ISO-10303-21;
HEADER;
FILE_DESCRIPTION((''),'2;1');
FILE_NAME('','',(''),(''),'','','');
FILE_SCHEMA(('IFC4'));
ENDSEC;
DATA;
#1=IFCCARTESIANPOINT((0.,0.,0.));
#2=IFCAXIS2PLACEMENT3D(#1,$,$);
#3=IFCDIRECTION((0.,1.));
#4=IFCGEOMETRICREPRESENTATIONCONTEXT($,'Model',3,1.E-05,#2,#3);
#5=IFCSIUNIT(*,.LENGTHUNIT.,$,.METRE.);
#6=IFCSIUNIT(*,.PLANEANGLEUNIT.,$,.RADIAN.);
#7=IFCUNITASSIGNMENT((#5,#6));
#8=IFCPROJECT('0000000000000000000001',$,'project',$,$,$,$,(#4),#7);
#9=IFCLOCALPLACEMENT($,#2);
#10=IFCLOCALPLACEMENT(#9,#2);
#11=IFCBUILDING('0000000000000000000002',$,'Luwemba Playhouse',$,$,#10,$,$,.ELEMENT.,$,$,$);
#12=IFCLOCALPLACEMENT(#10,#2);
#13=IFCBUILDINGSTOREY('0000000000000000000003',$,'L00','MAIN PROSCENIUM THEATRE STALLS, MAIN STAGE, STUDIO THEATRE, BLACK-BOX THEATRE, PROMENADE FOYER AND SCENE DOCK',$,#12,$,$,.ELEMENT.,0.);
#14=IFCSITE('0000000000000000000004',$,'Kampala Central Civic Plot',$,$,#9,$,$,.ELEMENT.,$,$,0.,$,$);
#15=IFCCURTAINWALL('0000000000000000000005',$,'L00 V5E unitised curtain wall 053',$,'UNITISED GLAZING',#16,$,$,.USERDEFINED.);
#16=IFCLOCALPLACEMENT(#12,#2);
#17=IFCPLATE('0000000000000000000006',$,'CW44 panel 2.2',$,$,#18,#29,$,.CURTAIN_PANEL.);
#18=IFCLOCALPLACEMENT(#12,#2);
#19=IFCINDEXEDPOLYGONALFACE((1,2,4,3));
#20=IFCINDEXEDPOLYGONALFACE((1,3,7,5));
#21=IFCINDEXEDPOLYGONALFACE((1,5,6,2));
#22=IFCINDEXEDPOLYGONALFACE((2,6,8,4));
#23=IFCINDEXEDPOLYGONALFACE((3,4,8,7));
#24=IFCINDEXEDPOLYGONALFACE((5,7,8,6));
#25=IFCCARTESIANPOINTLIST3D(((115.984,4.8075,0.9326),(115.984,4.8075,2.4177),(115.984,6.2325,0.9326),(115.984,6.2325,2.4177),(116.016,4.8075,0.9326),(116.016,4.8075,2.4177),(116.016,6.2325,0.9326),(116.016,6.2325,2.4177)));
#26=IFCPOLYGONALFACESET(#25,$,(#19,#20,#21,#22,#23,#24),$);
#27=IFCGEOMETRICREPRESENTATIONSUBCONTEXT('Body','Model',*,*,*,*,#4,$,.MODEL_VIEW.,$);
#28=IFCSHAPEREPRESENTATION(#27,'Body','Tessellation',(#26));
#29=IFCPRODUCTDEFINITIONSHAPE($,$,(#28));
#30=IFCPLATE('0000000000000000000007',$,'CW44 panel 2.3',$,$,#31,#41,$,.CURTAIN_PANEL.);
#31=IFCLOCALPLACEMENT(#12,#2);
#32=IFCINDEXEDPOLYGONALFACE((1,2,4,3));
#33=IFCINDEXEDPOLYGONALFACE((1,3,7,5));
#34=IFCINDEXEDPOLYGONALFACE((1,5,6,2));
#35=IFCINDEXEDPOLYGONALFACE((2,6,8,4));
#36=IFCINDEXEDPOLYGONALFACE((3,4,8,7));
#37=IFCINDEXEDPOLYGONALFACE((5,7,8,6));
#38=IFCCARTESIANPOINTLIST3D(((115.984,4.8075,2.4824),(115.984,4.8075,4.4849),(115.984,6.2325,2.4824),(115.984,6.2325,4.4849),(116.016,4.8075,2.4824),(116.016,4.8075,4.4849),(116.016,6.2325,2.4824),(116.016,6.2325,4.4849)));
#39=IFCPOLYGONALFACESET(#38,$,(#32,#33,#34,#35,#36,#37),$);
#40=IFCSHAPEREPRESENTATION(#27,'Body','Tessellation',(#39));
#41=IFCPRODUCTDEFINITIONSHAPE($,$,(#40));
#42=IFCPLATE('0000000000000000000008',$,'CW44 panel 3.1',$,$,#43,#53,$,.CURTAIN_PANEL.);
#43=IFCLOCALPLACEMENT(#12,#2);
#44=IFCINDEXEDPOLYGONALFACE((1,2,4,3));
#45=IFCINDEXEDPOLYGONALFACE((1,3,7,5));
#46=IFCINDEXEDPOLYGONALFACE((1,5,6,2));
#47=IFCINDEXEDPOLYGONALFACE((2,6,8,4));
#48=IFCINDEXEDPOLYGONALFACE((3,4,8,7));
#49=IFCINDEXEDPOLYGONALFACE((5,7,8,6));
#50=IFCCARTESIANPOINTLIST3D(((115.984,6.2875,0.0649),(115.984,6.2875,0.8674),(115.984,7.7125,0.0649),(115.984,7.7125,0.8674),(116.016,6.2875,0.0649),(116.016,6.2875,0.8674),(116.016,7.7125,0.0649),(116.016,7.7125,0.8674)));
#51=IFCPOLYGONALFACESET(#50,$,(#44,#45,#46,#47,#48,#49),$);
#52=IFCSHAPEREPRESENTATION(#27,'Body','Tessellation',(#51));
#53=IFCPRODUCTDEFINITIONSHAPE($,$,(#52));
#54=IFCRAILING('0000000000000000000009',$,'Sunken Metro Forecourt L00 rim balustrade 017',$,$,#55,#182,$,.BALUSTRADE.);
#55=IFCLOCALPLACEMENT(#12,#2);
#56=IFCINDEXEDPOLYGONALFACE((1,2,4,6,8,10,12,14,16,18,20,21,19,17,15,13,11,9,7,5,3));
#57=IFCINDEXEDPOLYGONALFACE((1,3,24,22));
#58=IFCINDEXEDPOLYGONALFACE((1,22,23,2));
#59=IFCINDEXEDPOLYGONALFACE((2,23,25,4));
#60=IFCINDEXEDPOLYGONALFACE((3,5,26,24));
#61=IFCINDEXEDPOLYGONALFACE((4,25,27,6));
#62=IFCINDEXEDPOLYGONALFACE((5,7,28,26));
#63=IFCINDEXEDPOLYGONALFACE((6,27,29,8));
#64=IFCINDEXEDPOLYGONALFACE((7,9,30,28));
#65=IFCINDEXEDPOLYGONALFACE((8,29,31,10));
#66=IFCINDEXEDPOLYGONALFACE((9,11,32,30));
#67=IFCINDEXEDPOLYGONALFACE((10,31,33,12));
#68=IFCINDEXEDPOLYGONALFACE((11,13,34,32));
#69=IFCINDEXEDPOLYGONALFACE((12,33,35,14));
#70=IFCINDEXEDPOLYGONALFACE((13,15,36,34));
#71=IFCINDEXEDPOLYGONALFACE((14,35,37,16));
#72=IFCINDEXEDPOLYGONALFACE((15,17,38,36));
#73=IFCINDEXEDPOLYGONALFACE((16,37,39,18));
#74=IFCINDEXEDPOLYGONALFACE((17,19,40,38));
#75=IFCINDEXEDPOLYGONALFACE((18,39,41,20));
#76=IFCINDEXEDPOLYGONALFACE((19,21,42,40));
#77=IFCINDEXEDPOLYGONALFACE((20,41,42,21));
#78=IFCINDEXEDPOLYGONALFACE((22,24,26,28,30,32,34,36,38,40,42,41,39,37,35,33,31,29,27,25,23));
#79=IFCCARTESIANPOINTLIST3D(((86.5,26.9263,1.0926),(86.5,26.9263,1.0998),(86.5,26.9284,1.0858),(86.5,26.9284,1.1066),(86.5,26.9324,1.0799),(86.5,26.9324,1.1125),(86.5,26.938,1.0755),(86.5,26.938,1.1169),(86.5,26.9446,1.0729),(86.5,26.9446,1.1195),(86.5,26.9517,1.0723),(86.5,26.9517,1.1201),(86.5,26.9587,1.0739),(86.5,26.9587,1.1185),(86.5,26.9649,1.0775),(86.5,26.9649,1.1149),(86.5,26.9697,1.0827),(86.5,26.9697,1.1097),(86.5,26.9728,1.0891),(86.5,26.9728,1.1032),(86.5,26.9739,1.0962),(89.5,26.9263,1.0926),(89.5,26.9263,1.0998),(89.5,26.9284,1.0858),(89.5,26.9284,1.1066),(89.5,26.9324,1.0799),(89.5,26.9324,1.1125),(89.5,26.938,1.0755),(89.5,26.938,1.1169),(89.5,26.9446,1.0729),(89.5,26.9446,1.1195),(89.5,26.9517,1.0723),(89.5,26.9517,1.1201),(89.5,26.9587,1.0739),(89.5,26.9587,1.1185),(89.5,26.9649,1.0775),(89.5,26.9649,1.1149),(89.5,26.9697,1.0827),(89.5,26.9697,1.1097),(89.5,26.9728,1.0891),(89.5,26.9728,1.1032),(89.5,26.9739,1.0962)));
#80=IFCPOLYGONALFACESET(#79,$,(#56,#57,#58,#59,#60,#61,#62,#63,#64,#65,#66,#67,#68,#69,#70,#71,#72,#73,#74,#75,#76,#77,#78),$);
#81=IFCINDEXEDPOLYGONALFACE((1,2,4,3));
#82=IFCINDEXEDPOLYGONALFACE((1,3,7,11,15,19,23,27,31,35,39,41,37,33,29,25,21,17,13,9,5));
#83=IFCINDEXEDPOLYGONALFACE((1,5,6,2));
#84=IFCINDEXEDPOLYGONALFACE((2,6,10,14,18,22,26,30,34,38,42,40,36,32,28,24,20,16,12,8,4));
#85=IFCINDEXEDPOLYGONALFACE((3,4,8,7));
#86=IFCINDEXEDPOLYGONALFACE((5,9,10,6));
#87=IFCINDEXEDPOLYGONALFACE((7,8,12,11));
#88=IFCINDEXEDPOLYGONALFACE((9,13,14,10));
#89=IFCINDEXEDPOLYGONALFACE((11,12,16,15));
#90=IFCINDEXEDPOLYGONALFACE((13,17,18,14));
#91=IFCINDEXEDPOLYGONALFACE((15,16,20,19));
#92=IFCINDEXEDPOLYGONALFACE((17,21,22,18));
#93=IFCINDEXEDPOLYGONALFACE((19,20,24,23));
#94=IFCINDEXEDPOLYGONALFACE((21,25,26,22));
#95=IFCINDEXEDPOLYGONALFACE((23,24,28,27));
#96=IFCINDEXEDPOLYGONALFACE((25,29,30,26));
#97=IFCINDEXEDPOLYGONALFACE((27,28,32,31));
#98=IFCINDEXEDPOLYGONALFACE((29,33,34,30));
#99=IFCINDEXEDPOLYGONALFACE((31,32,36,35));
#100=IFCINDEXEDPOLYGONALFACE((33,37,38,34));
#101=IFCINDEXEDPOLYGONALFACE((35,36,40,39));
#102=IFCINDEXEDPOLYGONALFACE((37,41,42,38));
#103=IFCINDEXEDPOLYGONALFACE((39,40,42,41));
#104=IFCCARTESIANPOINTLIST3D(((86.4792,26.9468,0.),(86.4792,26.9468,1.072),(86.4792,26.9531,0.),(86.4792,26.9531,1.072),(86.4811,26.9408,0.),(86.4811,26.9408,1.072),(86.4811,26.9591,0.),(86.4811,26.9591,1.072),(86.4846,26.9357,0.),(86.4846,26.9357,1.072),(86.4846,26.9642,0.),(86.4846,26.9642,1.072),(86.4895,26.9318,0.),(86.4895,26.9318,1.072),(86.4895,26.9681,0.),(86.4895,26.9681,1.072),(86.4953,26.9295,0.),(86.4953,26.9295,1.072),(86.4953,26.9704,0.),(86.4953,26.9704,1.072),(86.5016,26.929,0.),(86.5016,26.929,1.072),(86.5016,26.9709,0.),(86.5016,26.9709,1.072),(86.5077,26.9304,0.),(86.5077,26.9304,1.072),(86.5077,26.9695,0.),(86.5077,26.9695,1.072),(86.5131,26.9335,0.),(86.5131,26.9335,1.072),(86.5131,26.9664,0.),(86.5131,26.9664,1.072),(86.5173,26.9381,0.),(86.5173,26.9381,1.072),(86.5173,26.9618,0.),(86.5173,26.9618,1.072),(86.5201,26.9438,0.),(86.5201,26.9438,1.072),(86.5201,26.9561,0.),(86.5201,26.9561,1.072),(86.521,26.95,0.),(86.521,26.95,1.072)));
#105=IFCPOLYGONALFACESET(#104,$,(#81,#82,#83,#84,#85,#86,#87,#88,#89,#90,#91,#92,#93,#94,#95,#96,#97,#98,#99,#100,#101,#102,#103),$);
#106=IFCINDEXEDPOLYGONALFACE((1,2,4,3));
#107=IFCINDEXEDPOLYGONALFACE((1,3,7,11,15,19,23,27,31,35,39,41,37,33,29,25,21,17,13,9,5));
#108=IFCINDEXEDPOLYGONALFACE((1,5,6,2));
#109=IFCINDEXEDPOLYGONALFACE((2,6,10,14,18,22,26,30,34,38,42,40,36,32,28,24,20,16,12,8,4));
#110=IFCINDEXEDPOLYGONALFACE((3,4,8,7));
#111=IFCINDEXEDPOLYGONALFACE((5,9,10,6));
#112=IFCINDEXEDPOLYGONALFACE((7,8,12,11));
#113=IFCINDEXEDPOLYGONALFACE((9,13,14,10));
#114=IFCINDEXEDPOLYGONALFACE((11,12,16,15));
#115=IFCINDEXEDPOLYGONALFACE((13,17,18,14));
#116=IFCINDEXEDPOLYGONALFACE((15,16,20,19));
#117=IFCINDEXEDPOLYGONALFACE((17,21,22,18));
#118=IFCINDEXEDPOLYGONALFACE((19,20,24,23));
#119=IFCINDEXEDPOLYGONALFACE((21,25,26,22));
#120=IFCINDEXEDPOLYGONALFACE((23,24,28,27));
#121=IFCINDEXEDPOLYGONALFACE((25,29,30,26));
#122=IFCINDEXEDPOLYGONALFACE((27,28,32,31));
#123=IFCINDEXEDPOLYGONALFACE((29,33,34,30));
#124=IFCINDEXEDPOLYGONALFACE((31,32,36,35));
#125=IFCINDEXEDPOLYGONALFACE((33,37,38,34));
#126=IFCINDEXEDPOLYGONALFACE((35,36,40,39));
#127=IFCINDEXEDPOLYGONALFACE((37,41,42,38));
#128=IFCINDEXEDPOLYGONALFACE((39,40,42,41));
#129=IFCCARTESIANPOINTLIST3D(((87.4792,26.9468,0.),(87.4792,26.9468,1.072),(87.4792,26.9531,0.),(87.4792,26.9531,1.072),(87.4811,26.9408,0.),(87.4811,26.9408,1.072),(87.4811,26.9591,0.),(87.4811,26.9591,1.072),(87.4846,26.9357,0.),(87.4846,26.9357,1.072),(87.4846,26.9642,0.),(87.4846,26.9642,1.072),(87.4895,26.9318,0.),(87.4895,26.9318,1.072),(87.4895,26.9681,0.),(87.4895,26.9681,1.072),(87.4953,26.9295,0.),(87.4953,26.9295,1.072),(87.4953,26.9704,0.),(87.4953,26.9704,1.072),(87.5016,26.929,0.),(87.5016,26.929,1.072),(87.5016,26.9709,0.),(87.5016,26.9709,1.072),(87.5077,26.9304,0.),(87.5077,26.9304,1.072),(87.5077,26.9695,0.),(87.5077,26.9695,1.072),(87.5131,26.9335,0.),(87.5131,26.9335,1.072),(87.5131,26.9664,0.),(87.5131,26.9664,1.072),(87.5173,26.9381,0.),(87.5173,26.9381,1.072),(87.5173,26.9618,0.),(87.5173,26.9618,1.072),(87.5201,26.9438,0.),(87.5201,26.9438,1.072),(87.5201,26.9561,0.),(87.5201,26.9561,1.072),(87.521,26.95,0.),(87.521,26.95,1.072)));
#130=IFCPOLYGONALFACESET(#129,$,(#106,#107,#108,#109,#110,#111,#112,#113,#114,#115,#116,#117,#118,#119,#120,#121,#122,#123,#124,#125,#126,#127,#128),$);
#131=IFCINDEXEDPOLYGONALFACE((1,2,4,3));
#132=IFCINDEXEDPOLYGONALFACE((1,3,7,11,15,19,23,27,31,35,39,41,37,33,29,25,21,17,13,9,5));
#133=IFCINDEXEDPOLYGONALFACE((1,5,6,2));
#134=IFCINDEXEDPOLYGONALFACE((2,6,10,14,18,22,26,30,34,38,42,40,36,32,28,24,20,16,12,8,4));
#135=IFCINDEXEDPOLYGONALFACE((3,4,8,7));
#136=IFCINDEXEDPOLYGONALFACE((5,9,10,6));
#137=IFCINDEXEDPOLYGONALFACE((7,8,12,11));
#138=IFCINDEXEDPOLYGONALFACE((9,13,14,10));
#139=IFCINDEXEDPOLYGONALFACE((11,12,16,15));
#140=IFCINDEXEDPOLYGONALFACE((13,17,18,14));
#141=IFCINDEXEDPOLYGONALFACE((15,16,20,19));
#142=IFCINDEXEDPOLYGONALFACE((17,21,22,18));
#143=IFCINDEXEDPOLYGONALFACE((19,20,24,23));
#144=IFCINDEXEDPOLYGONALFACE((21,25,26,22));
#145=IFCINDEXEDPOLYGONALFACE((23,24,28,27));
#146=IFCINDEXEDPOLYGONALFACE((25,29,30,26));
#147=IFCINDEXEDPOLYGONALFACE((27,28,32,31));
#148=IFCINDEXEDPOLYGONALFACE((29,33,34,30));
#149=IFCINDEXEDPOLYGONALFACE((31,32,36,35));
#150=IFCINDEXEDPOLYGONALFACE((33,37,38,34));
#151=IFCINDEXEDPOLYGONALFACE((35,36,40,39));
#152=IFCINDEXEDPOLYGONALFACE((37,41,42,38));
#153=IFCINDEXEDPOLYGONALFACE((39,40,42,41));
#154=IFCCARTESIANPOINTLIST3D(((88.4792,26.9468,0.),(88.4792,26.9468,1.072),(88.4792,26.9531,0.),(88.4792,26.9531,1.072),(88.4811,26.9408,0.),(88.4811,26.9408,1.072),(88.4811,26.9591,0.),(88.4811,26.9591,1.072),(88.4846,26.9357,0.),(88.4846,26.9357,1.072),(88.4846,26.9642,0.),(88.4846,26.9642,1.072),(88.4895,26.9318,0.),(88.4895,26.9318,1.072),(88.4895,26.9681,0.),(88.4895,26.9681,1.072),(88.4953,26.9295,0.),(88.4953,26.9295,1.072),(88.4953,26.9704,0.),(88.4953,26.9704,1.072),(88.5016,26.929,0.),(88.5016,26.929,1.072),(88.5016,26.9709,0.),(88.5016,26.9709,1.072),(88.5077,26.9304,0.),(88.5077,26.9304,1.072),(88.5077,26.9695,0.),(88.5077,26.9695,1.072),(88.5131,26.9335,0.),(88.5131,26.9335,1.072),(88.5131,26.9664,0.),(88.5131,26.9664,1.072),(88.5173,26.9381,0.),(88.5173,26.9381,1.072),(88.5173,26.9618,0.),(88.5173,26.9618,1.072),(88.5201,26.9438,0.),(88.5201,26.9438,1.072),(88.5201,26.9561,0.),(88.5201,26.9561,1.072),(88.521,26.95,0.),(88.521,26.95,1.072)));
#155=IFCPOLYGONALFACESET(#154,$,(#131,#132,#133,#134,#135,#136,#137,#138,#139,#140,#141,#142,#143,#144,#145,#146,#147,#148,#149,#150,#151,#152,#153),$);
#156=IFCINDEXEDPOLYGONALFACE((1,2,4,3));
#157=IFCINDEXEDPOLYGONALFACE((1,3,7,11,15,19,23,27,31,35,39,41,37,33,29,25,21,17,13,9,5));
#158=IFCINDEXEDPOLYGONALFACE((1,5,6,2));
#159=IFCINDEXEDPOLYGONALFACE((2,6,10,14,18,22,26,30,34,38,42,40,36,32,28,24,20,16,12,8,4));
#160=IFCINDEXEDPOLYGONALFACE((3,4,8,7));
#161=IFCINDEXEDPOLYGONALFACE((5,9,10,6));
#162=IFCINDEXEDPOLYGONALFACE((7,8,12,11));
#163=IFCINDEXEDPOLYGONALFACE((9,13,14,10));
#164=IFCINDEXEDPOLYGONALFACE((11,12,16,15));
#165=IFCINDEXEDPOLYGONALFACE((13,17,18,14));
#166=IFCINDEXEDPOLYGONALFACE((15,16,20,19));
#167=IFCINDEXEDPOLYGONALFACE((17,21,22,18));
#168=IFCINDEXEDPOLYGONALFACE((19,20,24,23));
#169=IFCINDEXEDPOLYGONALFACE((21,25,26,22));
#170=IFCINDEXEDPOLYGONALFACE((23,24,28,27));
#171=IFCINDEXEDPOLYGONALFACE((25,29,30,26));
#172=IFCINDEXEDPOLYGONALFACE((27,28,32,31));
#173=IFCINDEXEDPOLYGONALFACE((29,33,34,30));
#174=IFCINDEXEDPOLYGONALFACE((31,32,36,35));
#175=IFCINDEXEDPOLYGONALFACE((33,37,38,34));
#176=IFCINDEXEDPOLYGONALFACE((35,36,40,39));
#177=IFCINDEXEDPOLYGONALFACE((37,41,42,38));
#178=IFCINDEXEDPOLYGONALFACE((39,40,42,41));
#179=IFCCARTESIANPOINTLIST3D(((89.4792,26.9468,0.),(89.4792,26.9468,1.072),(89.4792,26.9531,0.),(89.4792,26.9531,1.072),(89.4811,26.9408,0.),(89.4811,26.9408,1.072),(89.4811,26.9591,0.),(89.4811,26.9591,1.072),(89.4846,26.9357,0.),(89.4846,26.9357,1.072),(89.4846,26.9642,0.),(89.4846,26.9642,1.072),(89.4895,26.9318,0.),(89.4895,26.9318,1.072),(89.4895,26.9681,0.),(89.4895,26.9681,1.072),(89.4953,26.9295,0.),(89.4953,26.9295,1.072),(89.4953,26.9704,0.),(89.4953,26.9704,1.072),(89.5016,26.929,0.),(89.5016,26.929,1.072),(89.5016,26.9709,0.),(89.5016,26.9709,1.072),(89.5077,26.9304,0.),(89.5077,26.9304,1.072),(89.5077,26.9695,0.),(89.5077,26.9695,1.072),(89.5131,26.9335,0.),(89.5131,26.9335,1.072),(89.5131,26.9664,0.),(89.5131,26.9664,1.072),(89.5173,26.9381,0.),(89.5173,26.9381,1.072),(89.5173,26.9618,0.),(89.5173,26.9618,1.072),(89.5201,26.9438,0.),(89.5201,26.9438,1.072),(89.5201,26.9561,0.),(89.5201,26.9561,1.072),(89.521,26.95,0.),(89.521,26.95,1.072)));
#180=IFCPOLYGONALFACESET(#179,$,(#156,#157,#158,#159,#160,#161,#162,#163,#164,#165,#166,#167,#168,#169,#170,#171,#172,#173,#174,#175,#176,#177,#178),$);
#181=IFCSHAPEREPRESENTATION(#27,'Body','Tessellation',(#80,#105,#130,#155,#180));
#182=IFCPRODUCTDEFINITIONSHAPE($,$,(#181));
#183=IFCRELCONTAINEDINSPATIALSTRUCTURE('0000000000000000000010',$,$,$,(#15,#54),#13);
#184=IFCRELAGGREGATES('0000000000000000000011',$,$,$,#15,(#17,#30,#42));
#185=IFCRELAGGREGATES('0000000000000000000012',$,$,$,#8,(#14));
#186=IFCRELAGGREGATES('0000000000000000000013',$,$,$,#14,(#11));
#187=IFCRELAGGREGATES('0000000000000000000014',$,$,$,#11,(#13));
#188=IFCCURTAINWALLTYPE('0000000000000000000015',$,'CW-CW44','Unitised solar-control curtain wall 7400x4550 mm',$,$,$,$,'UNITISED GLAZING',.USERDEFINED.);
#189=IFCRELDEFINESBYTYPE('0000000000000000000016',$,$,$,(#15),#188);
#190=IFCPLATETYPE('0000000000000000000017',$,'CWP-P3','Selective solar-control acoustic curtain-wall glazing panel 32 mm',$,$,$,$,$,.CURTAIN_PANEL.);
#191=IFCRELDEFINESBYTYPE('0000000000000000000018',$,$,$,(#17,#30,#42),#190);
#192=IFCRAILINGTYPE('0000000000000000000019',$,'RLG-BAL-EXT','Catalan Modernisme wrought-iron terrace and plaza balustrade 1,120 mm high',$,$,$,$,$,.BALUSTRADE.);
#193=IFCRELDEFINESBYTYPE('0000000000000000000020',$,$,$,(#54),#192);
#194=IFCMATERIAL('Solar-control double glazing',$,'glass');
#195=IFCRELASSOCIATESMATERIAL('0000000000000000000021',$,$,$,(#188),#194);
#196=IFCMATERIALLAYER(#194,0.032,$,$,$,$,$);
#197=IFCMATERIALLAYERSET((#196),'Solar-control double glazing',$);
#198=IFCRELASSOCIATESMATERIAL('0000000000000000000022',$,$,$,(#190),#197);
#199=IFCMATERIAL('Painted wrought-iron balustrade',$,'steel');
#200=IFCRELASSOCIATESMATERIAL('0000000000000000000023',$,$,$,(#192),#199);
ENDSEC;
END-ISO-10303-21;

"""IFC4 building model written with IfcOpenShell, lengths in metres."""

from ifc_helpers import new_model, si_unit, direction, frame, origin, origin_2d, place, context, subcontext, project, spatial, rectangle, circle, extrude, material, layer, layer_set, type_object, element, aggregate, save


model = new_model("IFC4")

# Units and contexts
model_context = context("Model", 3, precision=1e-05, world=origin(), true_north=direction((0.0, 1.0)))
body_context = subcontext(model_context, "Body", "Model", "MODEL_VIEW")
ifc_project = project(units=[si_unit("LENGTHUNIT", "METRE"), si_unit("PLANEANGLEUNIT", "RADIAN")], contexts=[model_context])

# Site, building, storey
site_placement = place(None, origin())
site = spatial("IfcSite", under=ifc_project, at=site_placement, Name="Kampala Central Civic Plot", CompositionType="ELEMENT", RefElevation=0.0)
building_placement = place(site_placement, origin())
building = spatial("IfcBuilding", under=site, at=building_placement, Name="Luwemba Playhouse", CompositionType="ELEMENT")
storey_placement = place(building_placement, origin())
storey = spatial("IfcBuildingStorey", under=building, at=storey_placement, Name="L00", Description="MAIN PROSCENIUM THEATRE STALLS, MAIN STAGE, STUDIO THEATRE, BLACK-BOX THEATRE, PROMENADE FOYER AND SCENE DOCK", CompositionType="ELEMENT", Elevation=0.0)

# Curtain wall, plates
ifc_material_1 = material(Name="Solar-control double glazing", Category="glass")
curtain_wall_type = type_object("IfcCurtainWallType", Name="CW-CW44", Description="Unitised solar-control curtain wall 7400x4550 mm", ElementType="UNITISED GLAZING", PredefinedType="USERDEFINED", material=ifc_material_1)
curtain_wall_placement = place(storey_placement, origin())
curtain_wall = element("IfcCurtainWall", 1, at=curtain_wall_placement, inside=storey, type_object=curtain_wall_type, Name="L00 V5E unitised curtain wall 053", ObjectType="UNITISED GLAZING", PredefinedType="USERDEFINED")
ifc_layer = layer(ifc_material_1, 0.032)
ifc_layer_set = layer_set([ifc_layer], Name="Solar-control double glazing")
plate_type = type_object("IfcPlateType", Name="CWP-P3", Description="Selective solar-control acoustic curtain-wall glazing panel 32 mm", PredefinedType="CURTAIN_PANEL", material=ifc_layer_set)
plate_1_placement = place(storey_placement, frame((116.0, 5.52, 0.9326), z_axis=(0.0, 0.0, 1.0), x_axis=(0.0, 1.0, 0.0)))
plate_1 = element("IfcPlate", 2, at=plate_1_placement, type_object=plate_type, Name="CW44 panel 2.2", PredefinedType="CURTAIN_PANEL", context=body_context, shape_type="SweptSolid", body=[
    extrude(rectangle(XDim=1.425, YDim=0.032, at=origin_2d()), origin(), (0.0, 0.0, 1.0), 1.4851),
])
plate_2_placement = place(storey_placement, frame((116.0, 5.52, 2.4824), z_axis=(0.0, 0.0, 1.0), x_axis=(0.0, 1.0, 0.0)))
plate_2 = element("IfcPlate", 3, at=plate_2_placement, type_object=plate_type, Name="CW44 panel 2.3", PredefinedType="CURTAIN_PANEL", context=body_context, shape_type="SweptSolid", body=[
    extrude(rectangle(XDim=1.425, YDim=0.032, at=origin_2d()), origin(), (0.0, 0.0, 1.0), 2.0024),
])
plate_3_placement = place(storey_placement, frame((116.0, 7.0, 0.0649), z_axis=(0.0, 0.0, 1.0), x_axis=(0.0, 1.0, 0.0)))
plate_3 = element("IfcPlate", 4, at=plate_3_placement, type_object=plate_type, Name="CW44 panel 3.1", PredefinedType="CURTAIN_PANEL", context=body_context, shape_type="SweptSolid", body=[
    extrude(rectangle(XDim=1.425, YDim=0.032, at=origin_2d()), origin(), (0.0, 0.0, 1.0), 0.8025),
])
aggregate(curtain_wall, [plate_1, plate_2, plate_3])

# Railing
ifc_material_2 = material(Name="Painted wrought-iron balustrade", Category="steel")
railing_type = type_object("IfcRailingType", Name="RLG-BAL-EXT", Description="Catalan Modernisme wrought-iron terrace and plaza balustrade 1,120 mm high", PredefinedType="BALUSTRADE", material=ifc_material_2)
railing_1_placement = place(storey_placement, frame((86.5, 26.95, 0.0)))
element("IfcRailing", 5, at=railing_1_placement, inside=storey, type_object=railing_type, Name="Sunken Metro Forecourt L00 rim balustrade 017", PredefinedType="BALUSTRADE", context=body_context, shape_type="SweptSolid", body=[
    extrude(circle(Radius=0.0239, at=origin_2d()), frame((0.0, 0.0, 1.0962), z_axis=(1.0, 0.0, 0.0), x_axis=(0.0, 1.0, 0.0)), (0.0, 0.0, 1.0), 3.0),
    extrude(circle(Radius=0.021, at=origin_2d()), origin(), (0.0, 0.0, 1.0), 1.072),
    extrude(circle(Radius=0.021, at=origin_2d()), frame((1.0, 0.0, 0.0)), (0.0, 0.0, 1.0), 1.072),
    extrude(circle(Radius=0.021, at=origin_2d()), frame((2.0, 0.0, 0.0)), (0.0, 0.0, 1.0), 1.072),
    extrude(circle(Radius=0.021, at=origin_2d()), frame((3.0, 0.0, 0.0)), (0.0, 0.0, 1.0), 1.072),
])

save(model, "model.ifc")
